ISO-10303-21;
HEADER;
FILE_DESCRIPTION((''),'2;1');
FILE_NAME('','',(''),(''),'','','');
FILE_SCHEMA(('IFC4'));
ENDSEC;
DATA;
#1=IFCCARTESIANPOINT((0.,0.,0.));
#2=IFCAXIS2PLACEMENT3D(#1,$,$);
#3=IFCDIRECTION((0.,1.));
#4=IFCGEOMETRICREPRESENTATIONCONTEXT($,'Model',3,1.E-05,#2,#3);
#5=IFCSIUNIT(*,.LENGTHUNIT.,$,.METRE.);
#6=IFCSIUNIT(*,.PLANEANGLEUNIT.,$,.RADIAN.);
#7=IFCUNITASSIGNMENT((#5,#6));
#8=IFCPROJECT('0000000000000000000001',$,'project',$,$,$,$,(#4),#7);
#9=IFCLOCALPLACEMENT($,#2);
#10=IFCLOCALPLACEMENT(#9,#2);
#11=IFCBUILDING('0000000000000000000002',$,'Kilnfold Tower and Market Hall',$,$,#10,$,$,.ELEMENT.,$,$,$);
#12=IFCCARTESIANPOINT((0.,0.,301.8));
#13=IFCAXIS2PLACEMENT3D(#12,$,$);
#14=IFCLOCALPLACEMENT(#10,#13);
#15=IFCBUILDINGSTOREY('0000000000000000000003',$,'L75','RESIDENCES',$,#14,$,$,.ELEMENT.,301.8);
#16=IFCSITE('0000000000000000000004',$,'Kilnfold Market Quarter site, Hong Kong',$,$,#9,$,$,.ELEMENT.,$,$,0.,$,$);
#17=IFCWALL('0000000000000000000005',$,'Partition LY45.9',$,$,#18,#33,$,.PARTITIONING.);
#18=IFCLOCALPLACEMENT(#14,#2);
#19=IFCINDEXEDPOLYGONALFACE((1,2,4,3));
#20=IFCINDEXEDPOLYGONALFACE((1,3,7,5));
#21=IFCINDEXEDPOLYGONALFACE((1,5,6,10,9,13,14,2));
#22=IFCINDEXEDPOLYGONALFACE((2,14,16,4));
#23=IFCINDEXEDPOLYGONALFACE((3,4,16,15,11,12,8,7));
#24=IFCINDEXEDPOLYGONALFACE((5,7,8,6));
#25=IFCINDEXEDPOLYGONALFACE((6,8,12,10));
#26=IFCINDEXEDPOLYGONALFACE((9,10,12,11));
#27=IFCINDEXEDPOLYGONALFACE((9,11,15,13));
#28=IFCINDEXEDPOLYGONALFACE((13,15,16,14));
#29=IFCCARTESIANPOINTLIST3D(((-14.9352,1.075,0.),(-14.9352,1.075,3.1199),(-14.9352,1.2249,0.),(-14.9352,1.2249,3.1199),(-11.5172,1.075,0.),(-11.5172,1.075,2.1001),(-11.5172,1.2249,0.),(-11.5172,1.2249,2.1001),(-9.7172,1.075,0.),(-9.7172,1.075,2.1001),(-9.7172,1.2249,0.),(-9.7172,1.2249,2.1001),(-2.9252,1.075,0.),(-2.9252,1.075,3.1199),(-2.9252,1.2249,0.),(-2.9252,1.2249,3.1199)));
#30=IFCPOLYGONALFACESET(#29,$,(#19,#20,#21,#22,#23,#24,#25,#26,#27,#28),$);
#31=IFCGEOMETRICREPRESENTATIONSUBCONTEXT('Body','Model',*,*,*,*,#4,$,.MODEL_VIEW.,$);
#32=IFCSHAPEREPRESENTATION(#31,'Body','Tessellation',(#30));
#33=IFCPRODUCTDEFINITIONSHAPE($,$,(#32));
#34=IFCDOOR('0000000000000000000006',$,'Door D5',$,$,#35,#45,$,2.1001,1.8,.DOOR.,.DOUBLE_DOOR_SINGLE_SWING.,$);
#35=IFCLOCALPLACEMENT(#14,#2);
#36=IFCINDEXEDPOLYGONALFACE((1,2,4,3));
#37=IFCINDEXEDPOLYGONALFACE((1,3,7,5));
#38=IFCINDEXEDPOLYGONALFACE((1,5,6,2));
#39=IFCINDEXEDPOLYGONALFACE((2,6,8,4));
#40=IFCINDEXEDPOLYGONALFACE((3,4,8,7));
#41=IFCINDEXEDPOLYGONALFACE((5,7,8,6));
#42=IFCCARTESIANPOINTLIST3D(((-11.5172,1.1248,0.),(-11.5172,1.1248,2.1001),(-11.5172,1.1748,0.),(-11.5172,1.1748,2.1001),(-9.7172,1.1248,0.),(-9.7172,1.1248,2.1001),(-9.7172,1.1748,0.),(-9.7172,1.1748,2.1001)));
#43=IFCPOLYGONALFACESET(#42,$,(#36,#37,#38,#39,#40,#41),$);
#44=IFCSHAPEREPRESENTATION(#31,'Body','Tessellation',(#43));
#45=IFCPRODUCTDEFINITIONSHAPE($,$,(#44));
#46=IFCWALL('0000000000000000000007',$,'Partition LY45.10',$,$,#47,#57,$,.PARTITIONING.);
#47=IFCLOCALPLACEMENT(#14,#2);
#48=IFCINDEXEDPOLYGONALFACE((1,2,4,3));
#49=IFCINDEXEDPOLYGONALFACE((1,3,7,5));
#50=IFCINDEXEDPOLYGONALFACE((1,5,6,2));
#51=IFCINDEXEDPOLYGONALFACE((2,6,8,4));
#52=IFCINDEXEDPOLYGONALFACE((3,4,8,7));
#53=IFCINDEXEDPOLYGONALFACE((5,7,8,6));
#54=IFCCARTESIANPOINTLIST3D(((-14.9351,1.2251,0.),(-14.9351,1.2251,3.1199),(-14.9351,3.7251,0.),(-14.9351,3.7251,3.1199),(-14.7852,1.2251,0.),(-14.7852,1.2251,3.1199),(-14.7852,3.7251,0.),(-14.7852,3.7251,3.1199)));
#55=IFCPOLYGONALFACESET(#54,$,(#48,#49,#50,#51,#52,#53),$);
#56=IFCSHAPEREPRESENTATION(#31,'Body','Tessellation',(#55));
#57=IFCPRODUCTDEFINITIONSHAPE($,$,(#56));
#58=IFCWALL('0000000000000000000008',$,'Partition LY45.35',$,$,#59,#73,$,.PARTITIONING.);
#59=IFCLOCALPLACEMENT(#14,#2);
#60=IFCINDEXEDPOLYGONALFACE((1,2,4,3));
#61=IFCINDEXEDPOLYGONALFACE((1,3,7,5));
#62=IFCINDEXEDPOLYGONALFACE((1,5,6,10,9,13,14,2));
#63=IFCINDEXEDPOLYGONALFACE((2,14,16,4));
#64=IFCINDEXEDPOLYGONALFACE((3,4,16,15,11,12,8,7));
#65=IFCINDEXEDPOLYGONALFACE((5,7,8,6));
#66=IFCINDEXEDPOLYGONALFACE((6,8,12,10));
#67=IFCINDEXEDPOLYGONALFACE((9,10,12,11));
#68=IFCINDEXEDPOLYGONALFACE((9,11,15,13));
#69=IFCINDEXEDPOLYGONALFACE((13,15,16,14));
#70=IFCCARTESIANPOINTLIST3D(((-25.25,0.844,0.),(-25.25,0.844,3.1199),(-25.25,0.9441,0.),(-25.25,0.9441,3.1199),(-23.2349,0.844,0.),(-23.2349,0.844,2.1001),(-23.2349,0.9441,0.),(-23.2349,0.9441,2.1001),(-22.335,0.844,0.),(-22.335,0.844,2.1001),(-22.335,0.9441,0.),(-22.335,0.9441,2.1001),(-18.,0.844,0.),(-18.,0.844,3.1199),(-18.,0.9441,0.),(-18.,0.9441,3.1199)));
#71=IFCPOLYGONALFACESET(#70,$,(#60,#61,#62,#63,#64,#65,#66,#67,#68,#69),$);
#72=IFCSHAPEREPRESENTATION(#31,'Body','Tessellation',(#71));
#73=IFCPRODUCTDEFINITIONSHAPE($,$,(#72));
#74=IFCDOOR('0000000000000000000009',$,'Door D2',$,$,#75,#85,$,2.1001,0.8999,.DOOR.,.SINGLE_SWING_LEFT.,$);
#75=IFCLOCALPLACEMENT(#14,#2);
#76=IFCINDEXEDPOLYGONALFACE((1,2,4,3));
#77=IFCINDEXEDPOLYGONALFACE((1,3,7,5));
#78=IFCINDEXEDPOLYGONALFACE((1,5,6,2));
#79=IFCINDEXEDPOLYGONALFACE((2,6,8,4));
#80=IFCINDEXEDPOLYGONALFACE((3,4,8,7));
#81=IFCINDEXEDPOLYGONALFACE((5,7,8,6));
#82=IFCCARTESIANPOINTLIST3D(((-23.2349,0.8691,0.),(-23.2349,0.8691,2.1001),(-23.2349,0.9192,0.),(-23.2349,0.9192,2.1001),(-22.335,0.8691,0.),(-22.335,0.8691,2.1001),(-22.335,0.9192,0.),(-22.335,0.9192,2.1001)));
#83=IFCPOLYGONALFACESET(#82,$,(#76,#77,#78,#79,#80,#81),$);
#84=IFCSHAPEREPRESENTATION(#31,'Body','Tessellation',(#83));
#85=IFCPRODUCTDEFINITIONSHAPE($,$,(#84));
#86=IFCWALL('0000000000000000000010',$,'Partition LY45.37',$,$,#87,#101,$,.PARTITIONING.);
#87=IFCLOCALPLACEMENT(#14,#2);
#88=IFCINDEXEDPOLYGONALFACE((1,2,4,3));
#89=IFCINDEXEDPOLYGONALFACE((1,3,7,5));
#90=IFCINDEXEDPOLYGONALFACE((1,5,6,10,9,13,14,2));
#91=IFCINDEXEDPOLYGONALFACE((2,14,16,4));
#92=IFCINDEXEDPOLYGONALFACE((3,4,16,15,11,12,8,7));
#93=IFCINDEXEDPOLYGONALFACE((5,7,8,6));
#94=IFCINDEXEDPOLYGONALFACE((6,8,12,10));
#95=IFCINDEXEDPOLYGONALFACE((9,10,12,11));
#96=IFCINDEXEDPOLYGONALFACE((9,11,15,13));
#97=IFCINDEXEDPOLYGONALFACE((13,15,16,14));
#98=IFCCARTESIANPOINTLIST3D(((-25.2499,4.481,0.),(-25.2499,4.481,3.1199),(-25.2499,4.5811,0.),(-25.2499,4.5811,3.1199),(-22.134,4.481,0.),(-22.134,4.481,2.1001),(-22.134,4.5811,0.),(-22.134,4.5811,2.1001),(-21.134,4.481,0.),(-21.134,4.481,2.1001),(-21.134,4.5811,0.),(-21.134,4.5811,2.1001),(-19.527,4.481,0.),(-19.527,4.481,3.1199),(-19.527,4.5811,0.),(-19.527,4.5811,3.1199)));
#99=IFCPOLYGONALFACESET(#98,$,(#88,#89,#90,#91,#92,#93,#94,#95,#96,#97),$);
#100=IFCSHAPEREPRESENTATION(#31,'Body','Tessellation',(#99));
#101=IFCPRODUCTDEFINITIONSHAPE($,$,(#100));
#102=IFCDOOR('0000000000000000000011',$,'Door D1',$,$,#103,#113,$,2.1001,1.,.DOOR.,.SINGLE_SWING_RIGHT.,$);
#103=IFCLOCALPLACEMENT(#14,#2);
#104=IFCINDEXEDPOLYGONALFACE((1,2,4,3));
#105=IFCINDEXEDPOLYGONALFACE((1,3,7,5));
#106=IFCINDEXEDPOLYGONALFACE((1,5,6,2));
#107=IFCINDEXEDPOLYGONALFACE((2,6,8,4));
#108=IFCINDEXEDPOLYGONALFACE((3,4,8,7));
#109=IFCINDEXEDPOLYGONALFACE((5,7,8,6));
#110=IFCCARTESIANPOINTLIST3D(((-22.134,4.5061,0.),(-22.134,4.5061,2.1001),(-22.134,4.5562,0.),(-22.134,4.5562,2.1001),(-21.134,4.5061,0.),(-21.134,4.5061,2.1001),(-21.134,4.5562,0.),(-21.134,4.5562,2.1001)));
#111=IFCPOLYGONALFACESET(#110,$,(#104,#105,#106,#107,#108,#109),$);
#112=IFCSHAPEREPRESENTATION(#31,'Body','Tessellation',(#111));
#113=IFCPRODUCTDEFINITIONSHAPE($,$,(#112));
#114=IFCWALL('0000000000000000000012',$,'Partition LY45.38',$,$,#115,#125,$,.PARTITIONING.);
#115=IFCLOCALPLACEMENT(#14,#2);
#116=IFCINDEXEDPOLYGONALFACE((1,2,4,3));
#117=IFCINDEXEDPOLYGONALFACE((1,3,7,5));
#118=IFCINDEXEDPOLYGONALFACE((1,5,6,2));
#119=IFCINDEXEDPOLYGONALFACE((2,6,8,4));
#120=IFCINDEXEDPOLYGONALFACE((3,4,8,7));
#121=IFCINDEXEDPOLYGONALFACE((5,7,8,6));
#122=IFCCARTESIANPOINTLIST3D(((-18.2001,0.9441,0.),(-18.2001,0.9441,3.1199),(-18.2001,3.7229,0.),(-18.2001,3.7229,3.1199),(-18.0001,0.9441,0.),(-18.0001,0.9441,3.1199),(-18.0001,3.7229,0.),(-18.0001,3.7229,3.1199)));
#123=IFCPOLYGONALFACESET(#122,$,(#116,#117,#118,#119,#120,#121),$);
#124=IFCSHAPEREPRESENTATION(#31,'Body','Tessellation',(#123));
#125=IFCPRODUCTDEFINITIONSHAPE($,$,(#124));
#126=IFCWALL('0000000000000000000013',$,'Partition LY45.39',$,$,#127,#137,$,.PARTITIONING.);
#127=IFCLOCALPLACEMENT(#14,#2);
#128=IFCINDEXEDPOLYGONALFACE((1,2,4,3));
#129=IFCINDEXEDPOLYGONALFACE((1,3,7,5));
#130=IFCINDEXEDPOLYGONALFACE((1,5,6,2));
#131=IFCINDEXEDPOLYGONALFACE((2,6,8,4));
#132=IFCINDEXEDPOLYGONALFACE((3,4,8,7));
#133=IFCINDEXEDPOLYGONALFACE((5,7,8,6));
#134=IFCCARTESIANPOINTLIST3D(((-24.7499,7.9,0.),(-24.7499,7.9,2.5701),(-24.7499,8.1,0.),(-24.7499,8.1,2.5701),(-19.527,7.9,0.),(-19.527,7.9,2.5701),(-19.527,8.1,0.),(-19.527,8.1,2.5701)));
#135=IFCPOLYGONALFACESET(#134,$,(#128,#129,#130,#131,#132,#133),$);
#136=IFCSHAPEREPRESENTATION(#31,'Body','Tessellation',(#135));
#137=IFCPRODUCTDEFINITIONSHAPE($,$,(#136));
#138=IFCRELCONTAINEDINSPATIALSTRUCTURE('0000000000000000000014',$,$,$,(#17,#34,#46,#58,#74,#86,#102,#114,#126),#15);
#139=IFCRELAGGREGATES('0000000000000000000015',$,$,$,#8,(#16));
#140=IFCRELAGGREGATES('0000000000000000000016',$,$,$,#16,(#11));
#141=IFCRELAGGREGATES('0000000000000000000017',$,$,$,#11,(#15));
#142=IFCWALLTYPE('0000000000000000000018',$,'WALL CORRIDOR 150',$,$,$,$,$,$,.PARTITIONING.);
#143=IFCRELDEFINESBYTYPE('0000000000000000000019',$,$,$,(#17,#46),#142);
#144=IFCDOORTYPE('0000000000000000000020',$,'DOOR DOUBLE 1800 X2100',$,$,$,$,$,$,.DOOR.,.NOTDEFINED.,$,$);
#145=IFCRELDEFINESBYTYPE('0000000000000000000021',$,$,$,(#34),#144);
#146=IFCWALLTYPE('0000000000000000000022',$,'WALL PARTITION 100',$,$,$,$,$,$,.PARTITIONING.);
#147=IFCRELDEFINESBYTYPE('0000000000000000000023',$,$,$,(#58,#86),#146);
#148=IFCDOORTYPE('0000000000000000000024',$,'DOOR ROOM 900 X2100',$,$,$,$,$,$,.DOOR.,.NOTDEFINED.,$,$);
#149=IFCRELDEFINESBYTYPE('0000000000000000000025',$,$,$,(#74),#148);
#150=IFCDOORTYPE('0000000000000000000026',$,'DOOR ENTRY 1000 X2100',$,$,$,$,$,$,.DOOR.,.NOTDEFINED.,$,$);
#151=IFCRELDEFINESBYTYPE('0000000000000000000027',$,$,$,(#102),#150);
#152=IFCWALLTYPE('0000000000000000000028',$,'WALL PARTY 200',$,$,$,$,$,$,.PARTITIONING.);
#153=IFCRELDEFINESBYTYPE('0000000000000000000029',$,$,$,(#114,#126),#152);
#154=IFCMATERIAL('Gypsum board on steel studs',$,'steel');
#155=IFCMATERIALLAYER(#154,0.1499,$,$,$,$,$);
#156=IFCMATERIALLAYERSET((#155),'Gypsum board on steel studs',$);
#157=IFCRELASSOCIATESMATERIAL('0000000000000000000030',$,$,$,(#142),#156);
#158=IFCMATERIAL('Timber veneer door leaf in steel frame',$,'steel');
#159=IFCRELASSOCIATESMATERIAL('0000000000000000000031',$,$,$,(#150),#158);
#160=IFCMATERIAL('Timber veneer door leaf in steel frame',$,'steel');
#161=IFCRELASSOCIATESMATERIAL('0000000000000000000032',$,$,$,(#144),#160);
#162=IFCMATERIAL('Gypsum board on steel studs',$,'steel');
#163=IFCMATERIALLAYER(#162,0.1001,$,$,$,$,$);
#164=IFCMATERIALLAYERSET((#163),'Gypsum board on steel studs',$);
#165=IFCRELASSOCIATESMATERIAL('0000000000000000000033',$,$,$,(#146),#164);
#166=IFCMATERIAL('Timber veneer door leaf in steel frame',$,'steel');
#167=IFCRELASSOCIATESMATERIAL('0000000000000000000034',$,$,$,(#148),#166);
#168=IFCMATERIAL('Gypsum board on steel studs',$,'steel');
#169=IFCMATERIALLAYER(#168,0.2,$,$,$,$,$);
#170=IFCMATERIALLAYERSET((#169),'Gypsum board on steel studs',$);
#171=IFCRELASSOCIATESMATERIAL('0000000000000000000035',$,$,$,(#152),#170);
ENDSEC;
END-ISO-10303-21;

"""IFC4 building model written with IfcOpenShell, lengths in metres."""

from ifc_helpers import new_model, si_unit, direction, frame, frame_2d, origin, place, context, subcontext, project, spatial, rectangle, extrude, material, layer, layer_set, type_object, element, fill, save


model = new_model("IFC4")

# Units and contexts
model_context = context("Model", 3, precision=1e-05, world=origin(), true_north=direction((0.0, 1.0)))
body_context = subcontext(model_context, "Body", "Model", "MODEL_VIEW")
ifc_project = project(units=[si_unit("LENGTHUNIT", "METRE"), si_unit("PLANEANGLEUNIT", "RADIAN")], contexts=[model_context])

# Site, building, storey
site_placement = place(None, origin())
site = spatial("IfcSite", under=ifc_project, at=site_placement, Name="Kilnfold Market Quarter site, Hong Kong", CompositionType="ELEMENT", RefElevation=0.0)
building_placement = place(site_placement, origin())
building = spatial("IfcBuilding", under=site, at=building_placement, Name="Kilnfold Tower and Market Hall", CompositionType="ELEMENT")
storey_placement = place(building_placement, frame((0.0, 0.0, 301.8)))
storey = spatial("IfcBuildingStorey", under=building, at=storey_placement, Name="L75", Description="RESIDENCES", CompositionType="ELEMENT", Elevation=301.8)

# Shared definitions
ifc_material_1 = material(Name="Gypsum board on steel studs", Category="steel")
ifc_layer_1 = layer(ifc_material_1, 0.1499)
ifc_layer_set_1 = layer_set([ifc_layer_1], Name="Gypsum board on steel studs")
wall_type_1 = type_object("IfcWallType", Name="WALL CORRIDOR 150", PredefinedType="PARTITIONING", material=ifc_layer_set_1)

# Shared definitions
ifc_material_2 = material(Name="Timber veneer door leaf in steel frame", Category="steel")
door_type_1 = type_object("IfcDoorType", Name="DOOR ENTRY 1000 X2100", OperationType="NOTDEFINED", PredefinedType="DOOR", material=ifc_material_2)

# Wall, opening, door
wall_1_placement = place(storey_placement, frame((-14.9351, 1.1499, 0.0), z_axis=(0.0, 0.0, 1.0), x_axis=(1.0, 0.0, 0.0)))
wall_1 = element("IfcWall", 1, at=wall_1_placement, inside=storey, type_object=wall_type_1, Name="Partition LY45.9", PredefinedType="PARTITIONING", context=body_context, shape_type="SweptSolid", body=[
    extrude(rectangle(XDim=12.01, YDim=0.1499, at=frame_2d((6.0049, 0.0))), origin(), (0.0, 0.0, 1.0), 3.1199),
])
opening_1_placement = place(wall_1_placement, frame((3.418, 0.0, 0.0)))
opening_1 = element("IfcOpeningElement", 2, at=opening_1_placement, cuts=wall_1, PredefinedType="OPENING", context=body_context, shape_type="SweptSolid", body=[
    extrude(rectangle(XDim=1.8, YDim=2.1001, at=frame_2d((0.8999, 1.05))), frame((0.0, 0.085, 0.0), z_axis=(0.0, -1.0, 0.0), x_axis=(1.0, 0.0, 0.0)), (0.0, 0.0, 1.0), 0.1699),
])
ifc_material_3 = material(Name="Timber veneer door leaf in steel frame", Category="steel")
door_type_2 = type_object("IfcDoorType", Name="DOOR DOUBLE 1800 X2100", OperationType="NOTDEFINED", PredefinedType="DOOR", material=ifc_material_3)
door_1_placement = place(opening_1_placement, origin())
door_1 = element("IfcDoor", 3, at=door_1_placement, inside=storey, type_object=door_type_2, Name="Door D5", OperationType="DOUBLE_DOOR_SINGLE_SWING", OverallHeight=2.1001, OverallWidth=1.8, PredefinedType="DOOR", context=body_context, shape_type="SweptSolid", body=[
    extrude(rectangle(XDim=1.8, YDim=2.1001, at=frame_2d((0.8999, 1.05))), frame((0.0, 0.0249, 0.0), z_axis=(0.0, -1.0, 0.0), x_axis=(1.0, 0.0, 0.0)), (0.0, 0.0, 1.0), 0.05),
])
fill(opening_1, door_1)

# Wall
wall_2_placement = place(storey_placement, frame((-14.8601, 3.7251, 0.0), z_axis=(0.0, 0.0, 1.0), x_axis=(0.0, -1.0, 0.0)))
element("IfcWall", 4, at=wall_2_placement, inside=storey, type_object=wall_type_1, Name="Partition LY45.10", PredefinedType="PARTITIONING", context=body_context, shape_type="SweptSolid", body=[
    extrude(rectangle(XDim=2.5, YDim=0.1499, at=frame_2d((1.25, 0.0))), origin(), (0.0, 0.0, 1.0), 3.1199),
])

# Walls, openings, doors
ifc_material_4 = material(Name="Gypsum board on steel studs", Category="steel")
ifc_layer_2 = layer(ifc_material_4, 0.1001)
ifc_layer_set_2 = layer_set([ifc_layer_2], Name="Gypsum board on steel studs")
wall_type_2 = type_object("IfcWallType", Name="WALL PARTITION 100", PredefinedType="PARTITIONING", material=ifc_layer_set_2)
wall_3_placement = place(storey_placement, frame((-18.0, 0.894, 0.0), z_axis=(0.0, 0.0, 1.0), x_axis=(-1.0, 0.0, 0.0)))
wall_3 = element("IfcWall", 5, at=wall_3_placement, inside=storey, type_object=wall_type_2, Name="Partition LY45.35", PredefinedType="PARTITIONING", context=body_context, shape_type="SweptSolid", body=[
    extrude(rectangle(XDim=7.25, YDim=0.1001, at=frame_2d((3.625, 0.0))), origin(), (0.0, 0.0, 1.0), 3.1199),
])
opening_2_placement = place(wall_3_placement, frame((4.335, 0.0, 0.0)))
opening_2 = element("IfcOpeningElement", 6, at=opening_2_placement, cuts=wall_3, PredefinedType="OPENING", context=body_context, shape_type="SweptSolid", body=[
    extrude(rectangle(XDim=0.8999, YDim=2.1001, at=frame_2d((0.45, 1.05))), frame((0.0, 0.0601, 0.0), z_axis=(0.0, -1.0, 0.0), x_axis=(1.0, 0.0, 0.0)), (0.0, 0.0, 1.0), 0.1201),
])
ifc_material_5 = material(Name="Timber veneer door leaf in steel frame", Category="steel")
door_type_3 = type_object("IfcDoorType", Name="DOOR ROOM 900 X2100", OperationType="NOTDEFINED", PredefinedType="DOOR", material=ifc_material_5)
door_2_placement = place(opening_2_placement, origin())
door_2 = element("IfcDoor", 7, at=door_2_placement, inside=storey, type_object=door_type_3, Name="Door D2", OperationType="SINGLE_SWING_LEFT", OverallHeight=2.1001, OverallWidth=0.8999, PredefinedType="DOOR", context=body_context, shape_type="SweptSolid", body=[
    extrude(rectangle(XDim=0.8999, YDim=2.1001, at=frame_2d((0.45, 1.05))), frame((0.0, 0.0249, 0.0), z_axis=(0.0, -1.0, 0.0), x_axis=(1.0, 0.0, 0.0)), (0.0, 0.0, 1.0), 0.05),
])
fill(opening_2, door_2)
wall_4_placement = place(storey_placement, frame((-19.5271, 4.531, 0.0), z_axis=(0.0, 0.0, 1.0), x_axis=(-1.0, 0.0, 0.0)))
wall_4 = element("IfcWall", 8, at=wall_4_placement, inside=storey, type_object=wall_type_2, Name="Partition LY45.37", PredefinedType="PARTITIONING", context=body_context, shape_type="SweptSolid", body=[
    extrude(rectangle(XDim=5.7229, YDim=0.1001, at=frame_2d((2.8613, 0.0))), origin(), (0.0, 0.0, 1.0), 3.1199),
])
opening_3_placement = place(wall_4_placement, frame((1.6069, 0.0, 0.0)))
opening_3 = element("IfcOpeningElement", 9, at=opening_3_placement, cuts=wall_4, PredefinedType="OPENING", context=body_context, shape_type="SweptSolid", body=[
    extrude(rectangle(XDim=1.0, YDim=2.1001, at=frame_2d((0.5, 1.05))), frame((0.0, 0.0601, 0.0), z_axis=(0.0, -1.0, 0.0), x_axis=(1.0, 0.0, 0.0)), (0.0, 0.0, 1.0), 0.1201),
])
door_3_placement = place(opening_3_placement, origin())
door_3 = element("IfcDoor", 10, at=door_3_placement, inside=storey, type_object=door_type_1, Name="Door D1", OperationType="SINGLE_SWING_RIGHT", OverallHeight=2.1001, OverallWidth=1.0, PredefinedType="DOOR", context=body_context, shape_type="SweptSolid", body=[
    extrude(rectangle(XDim=1.0, YDim=2.1001, at=frame_2d((0.5, 1.05))), frame((0.0, 0.0249, 0.0), z_axis=(0.0, -1.0, 0.0), x_axis=(1.0, 0.0, 0.0)), (0.0, 0.0, 1.0), 0.05),
])
fill(opening_3, door_3)

# Walls
ifc_material_6 = material(Name="Gypsum board on steel studs", Category="steel")
ifc_layer_3 = layer(ifc_material_6, 0.2)
ifc_layer_set_3 = layer_set([ifc_layer_3], Name="Gypsum board on steel studs")
wall_type_3 = type_object("IfcWallType", Name="WALL PARTY 200", PredefinedType="PARTITIONING", material=ifc_layer_set_3)
wall_5_placement = place(storey_placement, frame((-18.1001, 0.9441, 0.0), z_axis=(0.0, 0.0, 1.0), x_axis=(0.0, 1.0, 0.0)))
element("IfcWall", 11, at=wall_5_placement, inside=storey, type_object=wall_type_3, Name="Partition LY45.38", PredefinedType="PARTITIONING", context=body_context, shape_type="SweptSolid", body=[
    extrude(rectangle(XDim=2.7788, YDim=0.2, at=frame_2d((1.3894, 0.0))), origin(), (0.0, 0.0, 1.0), 3.1199),
])
wall_6_placement = place(storey_placement, frame((-19.5271, 8.0, 0.0), z_axis=(0.0, 0.0, 1.0), x_axis=(-1.0, 0.0, 0.0)))
element("IfcWall", 12, at=wall_6_placement, inside=storey, type_object=wall_type_3, Name="Partition LY45.39", PredefinedType="PARTITIONING", context=body_context, shape_type="SweptSolid", body=[
    extrude(rectangle(XDim=5.2229, YDim=0.2, at=frame_2d((2.6113, 0.0))), origin(), (0.0, 0.0, 1.0), 2.5701),
])

save(model, "model.ifc")
